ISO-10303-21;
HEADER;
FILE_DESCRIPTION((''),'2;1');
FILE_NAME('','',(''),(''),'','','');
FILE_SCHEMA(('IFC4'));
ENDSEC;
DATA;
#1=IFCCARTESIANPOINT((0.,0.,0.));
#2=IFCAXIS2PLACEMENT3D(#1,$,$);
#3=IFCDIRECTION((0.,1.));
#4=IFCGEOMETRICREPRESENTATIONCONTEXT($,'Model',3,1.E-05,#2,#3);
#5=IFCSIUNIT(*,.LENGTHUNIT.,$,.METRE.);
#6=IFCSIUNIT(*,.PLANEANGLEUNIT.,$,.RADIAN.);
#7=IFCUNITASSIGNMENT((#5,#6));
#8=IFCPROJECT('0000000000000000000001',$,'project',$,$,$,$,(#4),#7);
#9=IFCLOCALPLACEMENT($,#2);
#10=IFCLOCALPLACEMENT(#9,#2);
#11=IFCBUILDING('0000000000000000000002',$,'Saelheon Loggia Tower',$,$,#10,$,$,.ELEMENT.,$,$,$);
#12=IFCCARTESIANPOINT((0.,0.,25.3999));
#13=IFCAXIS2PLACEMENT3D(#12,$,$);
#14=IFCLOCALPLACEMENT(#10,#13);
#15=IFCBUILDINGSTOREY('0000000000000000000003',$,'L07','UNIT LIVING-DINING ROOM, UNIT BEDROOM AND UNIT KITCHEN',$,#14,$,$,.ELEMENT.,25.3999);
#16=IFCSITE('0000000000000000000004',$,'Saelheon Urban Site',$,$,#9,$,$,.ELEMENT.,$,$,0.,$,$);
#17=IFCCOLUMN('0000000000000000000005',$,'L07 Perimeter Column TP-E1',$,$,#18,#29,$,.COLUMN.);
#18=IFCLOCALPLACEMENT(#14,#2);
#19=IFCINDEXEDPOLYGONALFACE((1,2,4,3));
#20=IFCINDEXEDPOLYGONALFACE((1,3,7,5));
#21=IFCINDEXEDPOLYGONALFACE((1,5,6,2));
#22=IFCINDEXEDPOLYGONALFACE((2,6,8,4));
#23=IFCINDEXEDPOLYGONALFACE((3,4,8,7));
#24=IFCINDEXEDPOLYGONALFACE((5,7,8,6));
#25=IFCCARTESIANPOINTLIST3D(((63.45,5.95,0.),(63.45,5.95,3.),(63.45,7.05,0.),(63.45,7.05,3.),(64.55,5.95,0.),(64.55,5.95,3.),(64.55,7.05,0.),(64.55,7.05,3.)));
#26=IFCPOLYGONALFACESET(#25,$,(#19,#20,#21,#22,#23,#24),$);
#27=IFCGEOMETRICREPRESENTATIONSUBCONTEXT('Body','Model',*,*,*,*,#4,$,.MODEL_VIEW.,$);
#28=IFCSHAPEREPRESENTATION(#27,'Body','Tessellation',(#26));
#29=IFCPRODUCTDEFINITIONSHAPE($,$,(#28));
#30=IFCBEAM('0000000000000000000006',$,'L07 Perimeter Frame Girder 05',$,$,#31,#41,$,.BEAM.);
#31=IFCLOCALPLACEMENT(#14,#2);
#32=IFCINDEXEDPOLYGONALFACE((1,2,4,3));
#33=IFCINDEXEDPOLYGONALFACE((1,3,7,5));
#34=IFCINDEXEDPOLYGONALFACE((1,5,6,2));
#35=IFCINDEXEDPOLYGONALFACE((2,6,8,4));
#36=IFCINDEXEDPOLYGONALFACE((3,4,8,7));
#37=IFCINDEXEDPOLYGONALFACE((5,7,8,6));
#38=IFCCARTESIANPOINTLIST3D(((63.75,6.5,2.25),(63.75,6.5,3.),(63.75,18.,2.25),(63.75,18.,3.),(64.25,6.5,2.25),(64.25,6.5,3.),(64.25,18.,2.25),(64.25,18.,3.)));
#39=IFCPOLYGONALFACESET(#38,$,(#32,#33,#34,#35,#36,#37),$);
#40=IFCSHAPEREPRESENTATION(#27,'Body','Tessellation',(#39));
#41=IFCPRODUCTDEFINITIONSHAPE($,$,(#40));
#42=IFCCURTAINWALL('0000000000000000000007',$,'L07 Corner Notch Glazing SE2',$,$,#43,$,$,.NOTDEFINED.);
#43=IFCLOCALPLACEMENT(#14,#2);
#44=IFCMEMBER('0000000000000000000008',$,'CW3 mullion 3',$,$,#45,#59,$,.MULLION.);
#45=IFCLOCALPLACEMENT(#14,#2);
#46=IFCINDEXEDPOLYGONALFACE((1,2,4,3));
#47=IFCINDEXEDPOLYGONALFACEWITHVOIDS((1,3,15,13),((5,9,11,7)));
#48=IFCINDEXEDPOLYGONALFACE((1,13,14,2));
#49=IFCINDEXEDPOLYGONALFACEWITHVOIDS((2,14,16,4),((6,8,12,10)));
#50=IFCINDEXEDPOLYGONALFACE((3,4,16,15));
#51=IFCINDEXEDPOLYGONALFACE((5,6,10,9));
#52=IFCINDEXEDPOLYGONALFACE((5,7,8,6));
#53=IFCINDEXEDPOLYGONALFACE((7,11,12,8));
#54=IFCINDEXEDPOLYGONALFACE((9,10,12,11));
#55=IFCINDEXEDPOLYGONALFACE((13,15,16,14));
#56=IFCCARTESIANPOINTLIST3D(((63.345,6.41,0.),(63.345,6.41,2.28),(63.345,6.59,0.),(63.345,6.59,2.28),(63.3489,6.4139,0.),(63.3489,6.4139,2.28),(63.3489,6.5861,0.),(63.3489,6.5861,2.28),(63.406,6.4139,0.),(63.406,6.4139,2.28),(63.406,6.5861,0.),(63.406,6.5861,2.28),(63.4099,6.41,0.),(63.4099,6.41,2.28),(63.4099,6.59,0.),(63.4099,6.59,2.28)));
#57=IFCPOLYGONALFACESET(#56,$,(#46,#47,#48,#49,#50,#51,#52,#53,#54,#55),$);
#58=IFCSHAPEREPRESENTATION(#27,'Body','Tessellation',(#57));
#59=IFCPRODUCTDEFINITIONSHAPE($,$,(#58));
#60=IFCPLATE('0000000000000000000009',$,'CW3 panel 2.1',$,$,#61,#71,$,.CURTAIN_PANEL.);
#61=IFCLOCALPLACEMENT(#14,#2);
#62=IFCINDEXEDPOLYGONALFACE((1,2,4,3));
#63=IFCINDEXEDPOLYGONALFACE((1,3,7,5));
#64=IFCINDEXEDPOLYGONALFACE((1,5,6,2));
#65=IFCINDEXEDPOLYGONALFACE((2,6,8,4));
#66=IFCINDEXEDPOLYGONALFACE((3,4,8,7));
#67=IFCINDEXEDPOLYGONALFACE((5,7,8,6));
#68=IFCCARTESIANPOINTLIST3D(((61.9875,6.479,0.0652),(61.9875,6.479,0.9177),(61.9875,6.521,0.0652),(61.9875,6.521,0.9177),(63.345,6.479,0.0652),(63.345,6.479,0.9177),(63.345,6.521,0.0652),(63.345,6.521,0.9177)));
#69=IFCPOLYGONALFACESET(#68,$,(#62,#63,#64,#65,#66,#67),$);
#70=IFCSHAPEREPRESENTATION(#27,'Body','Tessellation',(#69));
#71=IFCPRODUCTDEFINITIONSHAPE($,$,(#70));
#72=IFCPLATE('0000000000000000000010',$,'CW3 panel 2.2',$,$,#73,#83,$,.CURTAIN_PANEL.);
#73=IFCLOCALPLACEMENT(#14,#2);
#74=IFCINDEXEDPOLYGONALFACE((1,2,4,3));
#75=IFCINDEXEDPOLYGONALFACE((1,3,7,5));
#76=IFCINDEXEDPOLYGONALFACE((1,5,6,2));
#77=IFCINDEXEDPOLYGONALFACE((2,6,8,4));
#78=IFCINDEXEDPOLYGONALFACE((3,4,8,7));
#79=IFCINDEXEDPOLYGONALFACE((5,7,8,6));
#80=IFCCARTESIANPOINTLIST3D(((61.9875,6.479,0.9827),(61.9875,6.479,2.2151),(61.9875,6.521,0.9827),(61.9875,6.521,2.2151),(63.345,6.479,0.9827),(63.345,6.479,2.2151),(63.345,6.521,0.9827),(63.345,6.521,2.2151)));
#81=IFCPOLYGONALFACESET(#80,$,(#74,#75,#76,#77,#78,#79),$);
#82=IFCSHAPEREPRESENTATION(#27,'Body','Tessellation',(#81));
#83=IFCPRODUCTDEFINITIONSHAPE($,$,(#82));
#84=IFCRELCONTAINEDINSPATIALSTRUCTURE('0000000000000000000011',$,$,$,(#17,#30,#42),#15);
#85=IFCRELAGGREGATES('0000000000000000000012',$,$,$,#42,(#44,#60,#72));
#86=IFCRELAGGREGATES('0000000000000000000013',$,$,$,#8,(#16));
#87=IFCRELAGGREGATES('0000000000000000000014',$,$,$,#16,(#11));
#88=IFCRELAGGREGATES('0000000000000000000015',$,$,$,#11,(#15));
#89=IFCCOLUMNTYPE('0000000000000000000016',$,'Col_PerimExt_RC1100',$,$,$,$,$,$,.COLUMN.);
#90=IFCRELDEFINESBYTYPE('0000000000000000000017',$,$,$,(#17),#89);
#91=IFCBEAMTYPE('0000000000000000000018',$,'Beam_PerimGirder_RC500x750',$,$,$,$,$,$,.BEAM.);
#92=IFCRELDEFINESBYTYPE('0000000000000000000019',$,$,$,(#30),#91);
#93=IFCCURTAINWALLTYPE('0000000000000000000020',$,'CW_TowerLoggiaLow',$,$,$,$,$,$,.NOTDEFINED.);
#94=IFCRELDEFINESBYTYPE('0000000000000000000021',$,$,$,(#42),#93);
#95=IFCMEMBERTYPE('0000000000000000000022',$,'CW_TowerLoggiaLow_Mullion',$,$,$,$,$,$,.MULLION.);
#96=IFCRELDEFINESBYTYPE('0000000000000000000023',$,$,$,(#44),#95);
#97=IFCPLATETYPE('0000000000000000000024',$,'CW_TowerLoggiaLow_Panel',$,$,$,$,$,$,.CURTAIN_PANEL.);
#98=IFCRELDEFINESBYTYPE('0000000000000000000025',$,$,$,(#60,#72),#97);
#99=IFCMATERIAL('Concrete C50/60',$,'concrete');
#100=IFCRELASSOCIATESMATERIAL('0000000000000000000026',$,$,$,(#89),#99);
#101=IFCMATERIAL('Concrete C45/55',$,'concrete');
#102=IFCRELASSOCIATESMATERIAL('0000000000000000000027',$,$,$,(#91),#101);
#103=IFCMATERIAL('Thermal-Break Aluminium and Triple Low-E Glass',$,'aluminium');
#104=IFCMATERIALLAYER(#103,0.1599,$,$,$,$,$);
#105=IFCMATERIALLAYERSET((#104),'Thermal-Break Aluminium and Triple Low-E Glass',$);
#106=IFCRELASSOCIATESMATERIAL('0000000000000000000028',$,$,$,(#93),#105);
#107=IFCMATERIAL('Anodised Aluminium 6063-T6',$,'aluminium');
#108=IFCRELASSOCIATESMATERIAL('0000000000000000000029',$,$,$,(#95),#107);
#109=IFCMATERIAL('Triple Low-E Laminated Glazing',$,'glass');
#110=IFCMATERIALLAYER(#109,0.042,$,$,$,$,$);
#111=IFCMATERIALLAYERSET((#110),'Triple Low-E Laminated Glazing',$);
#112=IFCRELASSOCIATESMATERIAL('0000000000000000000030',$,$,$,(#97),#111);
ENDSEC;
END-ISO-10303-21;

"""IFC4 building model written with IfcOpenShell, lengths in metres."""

from ifc_helpers import new_model, si_unit, direction, frame, origin, origin_2d, place, context, subcontext, project, spatial, rectangle, hollow_rectangle, extrude, source, transform, mapped, material, layer, layer_set, material_profile, profile_set, type_object, element, aggregate, save


model = new_model("IFC4")

# Units and contexts
model_context = context("Model", 3, precision=1e-05, world=origin(), true_north=direction((0.0, 1.0)))
body_context = subcontext(model_context, "Body", "Model", "MODEL_VIEW")
ifc_project = project(units=[si_unit("LENGTHUNIT", "METRE"), si_unit("PLANEANGLEUNIT", "RADIAN")], contexts=[model_context])

# Site, building, storey
site_placement = place(None, origin())
site = spatial("IfcSite", under=ifc_project, at=site_placement, Name="Saelheon Urban Site", CompositionType="ELEMENT", RefElevation=0.0)
building_placement = place(site_placement, origin())
building = spatial("IfcBuilding", under=site, at=building_placement, Name="Saelheon Loggia Tower", CompositionType="ELEMENT")
storey_placement = place(building_placement, frame((0.0, 0.0, 25.3999)))
storey = spatial("IfcBuildingStorey", under=building, at=storey_placement, Name="L07", Description="UNIT LIVING-DINING ROOM, UNIT BEDROOM AND UNIT KITCHEN", CompositionType="ELEMENT", Elevation=25.3999)

# Column
ifc_material_1 = material(Name="Concrete C50/60", Category="concrete")
ifc_material_profile_1 = material_profile(ifc_material_1, rectangle(XDim=1.1001, YDim=1.1001, at=origin_2d()), Name="RC-1100x1100")
ifc_profile_set_1 = profile_set([ifc_material_profile_1], Name="Concrete C50/60")
column_type = type_object("IfcColumnType", Name="Col_PerimExt_RC1100", PredefinedType="COLUMN", material=ifc_profile_set_1)
shared_shape_1 = source(origin(), body_context, "Body", "SweptSolid", [
    extrude(rectangle(XDim=1.1001, YDim=1.1001, at=origin_2d()), origin(), (0.0, 0.0, 1.0), 3.0),
])
column_placement = place(storey_placement, frame((64.0, 6.5, 0.0), z_axis=(0.0, 0.0, 1.0), x_axis=(1.0, 0.0, 0.0)))
element("IfcColumn", 1, at=column_placement, inside=storey, type_object=column_type, Name="L07 Perimeter Column TP-E1", PredefinedType="COLUMN", context=body_context, shape_type="MappedRepresentation", body=[
    mapped(shared_shape_1, transform((0.0, 0.0, 0.0), scale=1.0)),
])

# Beam
ifc_material_2 = material(Name="Concrete C45/55", Category="concrete")
ifc_material_profile_2 = material_profile(ifc_material_2, rectangle(XDim=0.5, YDim=0.75, at=origin_2d()), Name="RC-500x750")
ifc_profile_set_2 = profile_set([ifc_material_profile_2], Name="Concrete C45/55")
beam_type = type_object("IfcBeamType", Name="Beam_PerimGirder_RC500x750", PredefinedType="BEAM", material=ifc_profile_set_2)
shared_shape_2 = source(origin(), body_context, "Body", "SweptSolid", [
    extrude(rectangle(XDim=0.5, YDim=0.75, at=origin_2d()), origin(), (0.0, 0.0, 1.0), 11.5),
])
beam_placement = place(storey_placement, frame((64.0, 6.5, 2.625), z_axis=(0.0, 1.0, 0.0), x_axis=(-1.0, 0.0, 0.0)))
element("IfcBeam", 2, at=beam_placement, inside=storey, type_object=beam_type, Name="L07 Perimeter Frame Girder 05", PredefinedType="BEAM", context=body_context, shape_type="MappedRepresentation", body=[
    mapped(shared_shape_2, transform((0.0, 0.0, 0.0), scale=1.0)),
])

# Curtain wall, member, plates
ifc_material_3 = material(Name="Thermal-Break Aluminium and Triple Low-E Glass", Category="aluminium")
ifc_layer_1 = layer(ifc_material_3, 0.1599)
ifc_layer_set_1 = layer_set([ifc_layer_1], Name="Thermal-Break Aluminium and Triple Low-E Glass")
curtain_wall_type = type_object("IfcCurtainWallType", Name="CW_TowerLoggiaLow", PredefinedType="NOTDEFINED", material=ifc_layer_set_1)
curtain_wall_placement = place(storey_placement, origin())
curtain_wall = element("IfcCurtainWall", 3, at=curtain_wall_placement, inside=storey, type_object=curtain_wall_type, Name="L07 Corner Notch Glazing SE2", PredefinedType="NOTDEFINED")
ifc_material_4 = material(Name="Anodised Aluminium 6063-T6", Category="aluminium")
ifc_material_profile_3 = material_profile(ifc_material_4, hollow_rectangle(XDim=0.0649, YDim=0.1799, WallThickness=0.0039, at=origin_2d()), Name="RHS-180x65x4")
ifc_profile_set_3 = profile_set([ifc_material_profile_3], Name="Anodised Aluminium 6063-T6")
member_type = type_object("IfcMemberType", Name="CW_TowerLoggiaLow_Mullion", PredefinedType="MULLION", material=ifc_profile_set_3)
shared_shape_3 = source(origin(), body_context, "Body", "SweptSolid", [
    extrude(hollow_rectangle(XDim=0.0649, YDim=0.1799, WallThickness=0.0039, at=origin_2d()), origin(), (0.0, 0.0, 1.0), 2.28),
])
member_placement = place(storey_placement, frame((63.3774, 6.5, 0.0), z_axis=(0.0, 0.0, 1.0), x_axis=(1.0, 0.0, 0.0)))
member = element("IfcMember", 4, at=member_placement, type_object=member_type, Name="CW3 mullion 3", PredefinedType="MULLION", context=body_context, shape_type="MappedRepresentation", body=[
    mapped(shared_shape_3, transform((0.0, 0.0, 0.0), scale=1.0)),
])
ifc_material_5 = material(Name="Triple Low-E Laminated Glazing", Category="glass")
ifc_layer_2 = layer(ifc_material_5, 0.042)
ifc_layer_set_2 = layer_set([ifc_layer_2], Name="Triple Low-E Laminated Glazing")
plate_type = type_object("IfcPlateType", Name="CW_TowerLoggiaLow_Panel", PredefinedType="CURTAIN_PANEL", material=ifc_layer_set_2)
shared_shape_4 = source(origin(), body_context, "Body", "SweptSolid", [
    extrude(rectangle(XDim=1.3574, YDim=0.042, at=origin_2d()), origin(), (0.0, 0.0, 1.0), 0.8525),
])
plate_1_placement = place(storey_placement, frame((62.6663, 6.5, 0.0652), z_axis=(0.0, 0.0, 1.0), x_axis=(1.0, 0.0, 0.0)))
plate_1 = element("IfcPlate", 5, at=plate_1_placement, type_object=plate_type, Name="CW3 panel 2.1", PredefinedType="CURTAIN_PANEL", context=body_context, shape_type="MappedRepresentation", body=[
    mapped(shared_shape_4, transform((0.0, 0.0, 0.0), scale=1.0)),
])
shared_shape_5 = source(origin(), body_context, "Body", "SweptSolid", [
    extrude(rectangle(XDim=1.3574, YDim=0.042, at=origin_2d()), origin(), (0.0, 0.0, 1.0), 1.2324),
])
plate_2_placement = place(storey_placement, frame((62.6663, 6.5, 0.9827), z_axis=(0.0, 0.0, 1.0), x_axis=(1.0, 0.0, 0.0)))
plate_2 = element("IfcPlate", 6, at=plate_2_placement, type_object=plate_type, Name="CW3 panel 2.2", PredefinedType="CURTAIN_PANEL", context=body_context, shape_type="MappedRepresentation", body=[
    mapped(shared_shape_5, transform((0.0, 0.0, 0.0), scale=1.0)),
])
aggregate(curtain_wall, [member, plate_1, plate_2])

save(model, "model.ifc")
